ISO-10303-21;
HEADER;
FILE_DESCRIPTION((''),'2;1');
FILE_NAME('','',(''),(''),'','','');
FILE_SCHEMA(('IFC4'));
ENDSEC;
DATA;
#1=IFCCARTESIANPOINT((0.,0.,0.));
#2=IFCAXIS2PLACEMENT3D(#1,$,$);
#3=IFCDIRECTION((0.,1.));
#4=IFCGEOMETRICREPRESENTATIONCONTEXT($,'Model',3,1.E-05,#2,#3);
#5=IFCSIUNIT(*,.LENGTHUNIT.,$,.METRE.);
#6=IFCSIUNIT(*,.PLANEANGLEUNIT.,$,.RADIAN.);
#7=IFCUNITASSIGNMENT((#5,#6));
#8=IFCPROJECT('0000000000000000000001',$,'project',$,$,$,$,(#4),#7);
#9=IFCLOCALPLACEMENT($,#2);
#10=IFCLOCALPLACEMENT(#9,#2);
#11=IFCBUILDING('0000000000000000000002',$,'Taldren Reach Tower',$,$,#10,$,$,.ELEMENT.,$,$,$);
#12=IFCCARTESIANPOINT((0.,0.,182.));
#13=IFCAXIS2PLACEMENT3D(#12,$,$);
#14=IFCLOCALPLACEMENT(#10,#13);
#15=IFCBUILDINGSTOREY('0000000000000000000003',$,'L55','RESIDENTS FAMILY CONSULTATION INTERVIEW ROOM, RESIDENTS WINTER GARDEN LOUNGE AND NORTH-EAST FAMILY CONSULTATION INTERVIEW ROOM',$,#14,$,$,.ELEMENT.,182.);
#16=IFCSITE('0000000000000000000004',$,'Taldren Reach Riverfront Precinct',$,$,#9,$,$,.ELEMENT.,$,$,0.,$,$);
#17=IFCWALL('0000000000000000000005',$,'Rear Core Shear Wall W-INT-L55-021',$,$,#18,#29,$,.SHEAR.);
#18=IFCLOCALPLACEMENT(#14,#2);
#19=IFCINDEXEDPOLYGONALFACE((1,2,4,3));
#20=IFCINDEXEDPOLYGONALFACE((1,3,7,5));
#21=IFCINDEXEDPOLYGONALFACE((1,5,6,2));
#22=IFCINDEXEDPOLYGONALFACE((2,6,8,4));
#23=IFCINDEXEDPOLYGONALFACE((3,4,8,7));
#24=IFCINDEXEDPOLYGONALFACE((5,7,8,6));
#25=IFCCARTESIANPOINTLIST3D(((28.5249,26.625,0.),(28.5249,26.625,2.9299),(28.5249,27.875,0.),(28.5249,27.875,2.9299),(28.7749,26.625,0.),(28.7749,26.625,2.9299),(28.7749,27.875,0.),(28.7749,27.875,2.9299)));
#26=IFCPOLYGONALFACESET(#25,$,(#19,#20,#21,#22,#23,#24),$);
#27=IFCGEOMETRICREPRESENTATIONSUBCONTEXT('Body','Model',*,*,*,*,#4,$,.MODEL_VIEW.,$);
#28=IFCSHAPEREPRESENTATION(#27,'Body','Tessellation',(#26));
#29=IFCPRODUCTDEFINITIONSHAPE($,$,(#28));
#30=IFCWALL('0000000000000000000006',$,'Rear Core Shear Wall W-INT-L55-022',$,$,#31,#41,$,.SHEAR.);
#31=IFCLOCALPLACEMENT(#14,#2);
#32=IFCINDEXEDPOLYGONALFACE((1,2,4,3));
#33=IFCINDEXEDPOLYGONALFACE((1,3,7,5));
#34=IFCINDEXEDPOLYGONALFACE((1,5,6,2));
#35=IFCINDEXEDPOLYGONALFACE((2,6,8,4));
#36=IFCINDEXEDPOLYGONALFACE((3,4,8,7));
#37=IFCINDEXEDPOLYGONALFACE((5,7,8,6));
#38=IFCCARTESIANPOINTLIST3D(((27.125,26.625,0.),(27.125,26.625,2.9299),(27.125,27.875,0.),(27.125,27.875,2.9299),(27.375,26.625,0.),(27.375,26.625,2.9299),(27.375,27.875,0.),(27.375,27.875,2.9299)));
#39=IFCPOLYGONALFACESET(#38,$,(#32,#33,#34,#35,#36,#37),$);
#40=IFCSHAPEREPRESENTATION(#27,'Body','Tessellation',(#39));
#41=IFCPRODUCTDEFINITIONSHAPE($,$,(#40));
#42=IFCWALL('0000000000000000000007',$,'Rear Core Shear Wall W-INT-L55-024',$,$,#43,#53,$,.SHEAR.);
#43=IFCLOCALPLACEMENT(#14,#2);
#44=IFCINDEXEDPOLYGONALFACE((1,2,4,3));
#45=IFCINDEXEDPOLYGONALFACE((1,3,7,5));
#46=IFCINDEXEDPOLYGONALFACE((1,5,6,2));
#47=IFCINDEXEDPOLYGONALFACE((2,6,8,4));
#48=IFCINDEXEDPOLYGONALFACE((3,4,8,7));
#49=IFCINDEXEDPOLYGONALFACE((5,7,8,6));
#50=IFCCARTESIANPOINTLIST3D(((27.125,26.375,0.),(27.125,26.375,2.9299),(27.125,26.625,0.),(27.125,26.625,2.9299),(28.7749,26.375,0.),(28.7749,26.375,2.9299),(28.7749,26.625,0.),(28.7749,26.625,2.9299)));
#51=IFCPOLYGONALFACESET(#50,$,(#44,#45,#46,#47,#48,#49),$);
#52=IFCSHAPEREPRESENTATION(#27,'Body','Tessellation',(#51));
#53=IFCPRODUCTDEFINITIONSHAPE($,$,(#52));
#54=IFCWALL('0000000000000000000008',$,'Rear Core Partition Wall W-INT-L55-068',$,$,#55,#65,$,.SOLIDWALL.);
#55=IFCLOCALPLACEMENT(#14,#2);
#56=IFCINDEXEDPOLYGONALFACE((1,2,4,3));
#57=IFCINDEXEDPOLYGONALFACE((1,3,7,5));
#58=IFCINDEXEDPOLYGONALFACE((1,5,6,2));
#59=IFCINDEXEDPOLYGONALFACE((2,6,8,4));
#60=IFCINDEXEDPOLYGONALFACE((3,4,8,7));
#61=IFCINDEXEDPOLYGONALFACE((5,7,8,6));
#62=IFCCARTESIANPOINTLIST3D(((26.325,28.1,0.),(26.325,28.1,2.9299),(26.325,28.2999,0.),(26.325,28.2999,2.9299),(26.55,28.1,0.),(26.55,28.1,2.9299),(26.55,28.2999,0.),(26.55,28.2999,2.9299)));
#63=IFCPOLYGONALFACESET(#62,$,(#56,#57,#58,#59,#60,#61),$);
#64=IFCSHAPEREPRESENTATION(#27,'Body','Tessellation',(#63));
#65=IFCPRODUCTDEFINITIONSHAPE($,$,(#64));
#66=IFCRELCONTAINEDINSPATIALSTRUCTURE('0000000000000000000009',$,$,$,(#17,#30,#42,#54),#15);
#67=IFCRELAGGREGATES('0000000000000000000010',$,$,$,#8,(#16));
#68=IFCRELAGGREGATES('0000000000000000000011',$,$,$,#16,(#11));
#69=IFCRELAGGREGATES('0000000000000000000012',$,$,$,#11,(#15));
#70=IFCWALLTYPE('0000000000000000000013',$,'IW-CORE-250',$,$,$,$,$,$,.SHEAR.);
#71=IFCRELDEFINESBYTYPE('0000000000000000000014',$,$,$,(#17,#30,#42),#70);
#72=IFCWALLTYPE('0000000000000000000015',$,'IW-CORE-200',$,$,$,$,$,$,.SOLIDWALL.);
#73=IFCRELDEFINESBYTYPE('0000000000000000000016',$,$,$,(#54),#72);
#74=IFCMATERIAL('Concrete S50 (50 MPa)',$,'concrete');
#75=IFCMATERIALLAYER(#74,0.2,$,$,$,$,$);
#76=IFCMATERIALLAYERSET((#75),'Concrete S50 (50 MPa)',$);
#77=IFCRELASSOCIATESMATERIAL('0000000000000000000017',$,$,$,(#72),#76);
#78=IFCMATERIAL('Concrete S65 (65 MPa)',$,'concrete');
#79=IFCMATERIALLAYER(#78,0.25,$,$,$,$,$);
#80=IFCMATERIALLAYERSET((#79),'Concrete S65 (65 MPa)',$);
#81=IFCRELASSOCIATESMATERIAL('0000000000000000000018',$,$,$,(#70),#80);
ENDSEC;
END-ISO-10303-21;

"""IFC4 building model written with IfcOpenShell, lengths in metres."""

from ifc_helpers import new_model, si_unit, direction, frame, frame_2d, origin, place, context, subcontext, project, spatial, rectangle, extrude, source, transform, mapped, material, layer, layer_set, type_object, element, save


model = new_model("IFC4")

# Units and contexts
model_context = context("Model", 3, precision=1e-05, world=origin(), true_north=direction((0.0, 1.0)))
body_context = subcontext(model_context, "Body", "Model", "MODEL_VIEW")
ifc_project = project(units=[si_unit("LENGTHUNIT", "METRE"), si_unit("PLANEANGLEUNIT", "RADIAN")], contexts=[model_context])

# Site, building, storey
site_placement = place(None, origin())
site = spatial("IfcSite", under=ifc_project, at=site_placement, Name="Taldren Reach Riverfront Precinct", CompositionType="ELEMENT", RefElevation=0.0)
building_placement = place(site_placement, origin())
building = spatial("IfcBuilding", under=site, at=building_placement, Name="Taldren Reach Tower", CompositionType="ELEMENT")
storey_placement = place(building_placement, frame((0.0, 0.0, 182.0)))
storey = spatial("IfcBuildingStorey", under=building, at=storey_placement, Name="L55", Description="RESIDENTS FAMILY CONSULTATION INTERVIEW ROOM, RESIDENTS WINTER GARDEN LOUNGE AND NORTH-EAST FAMILY CONSULTATION INTERVIEW ROOM", CompositionType="ELEMENT", Elevation=182.0)

# Shared definitions
ifc_material_1 = material(Name="Concrete S50 (50 MPa)", Category="concrete")
ifc_layer_1 = layer(ifc_material_1, 0.2)
ifc_layer_set_1 = layer_set([ifc_layer_1], Name="Concrete S50 (50 MPa)")
wall_type_1 = type_object("IfcWallType", Name="IW-CORE-200", PredefinedType="SOLIDWALL", material=ifc_layer_set_1)
ifc_material_2 = material(Name="Concrete S65 (65 MPa)", Category="concrete")
ifc_layer_2 = layer(ifc_material_2, 0.25)
ifc_layer_set_2 = layer_set([ifc_layer_2], Name="Concrete S65 (65 MPa)")
wall_type_2 = type_object("IfcWallType", Name="IW-CORE-250", PredefinedType="SHEAR", material=ifc_layer_set_2)

# Walls
shared_shape_1 = source(origin(), body_context, "Body", "SweptSolid", [
    extrude(rectangle(XDim=1.25, YDim=0.25, at=frame_2d((0.625, 0.0))), origin(), (0.0, 0.0, 1.0), 2.9299),
])
for number, where, z_axis, x_axis, name in (
    (1, (28.6499, 26.625, 0.0), (0.0, 0.0, 1.0), (0.0, 1.0, 0.0), "Rear Core Shear Wall W-INT-L55-021"),
    (2, (27.25, 27.875, 0.0), (0.0, 0.0, 1.0), (0.0, -1.0, 0.0), "Rear Core Shear Wall W-INT-L55-022"),
):
    element("IfcWall", number, at=place(storey_placement, frame(where, z_axis=z_axis, x_axis=x_axis)), inside=storey, type_object=wall_type_2, Name=name, PredefinedType="SHEAR", context=body_context, shape_type="MappedRepresentation", body=[
        mapped(shared_shape_1, transform((0.0, 0.0, 0.0), scale=1.0)),
    ])
shared_shape_2 = source(origin(), body_context, "Body", "SweptSolid", [
    extrude(rectangle(XDim=1.6499, YDim=0.25, at=frame_2d((0.825, 0.0))), origin(), (0.0, 0.0, 1.0), 2.9299),
])
wall_1_placement = place(storey_placement, frame((27.125, 26.5, 0.0), z_axis=(0.0, 0.0, 1.0), x_axis=(1.0, 0.0, 0.0)))
element("IfcWall", 3, at=wall_1_placement, inside=storey, type_object=wall_type_2, Name="Rear Core Shear Wall W-INT-L55-024", PredefinedType="SHEAR", context=body_context, shape_type="MappedRepresentation", body=[
    mapped(shared_shape_2, transform((0.0, 0.0, 0.0), scale=1.0)),
])
shared_shape_3 = source(origin(), body_context, "Body", "SweptSolid", [
    extrude(rectangle(XDim=0.2251, YDim=0.2, at=frame_2d((0.1125, 0.0))), origin(), (0.0, 0.0, 1.0), 2.9299),
])
wall_2_placement = place(storey_placement, frame((26.325, 28.2, 0.0), z_axis=(0.0, 0.0, 1.0), x_axis=(1.0, 0.0, 0.0)))
element("IfcWall", 4, at=wall_2_placement, inside=storey, type_object=wall_type_1, Name="Rear Core Partition Wall W-INT-L55-068", PredefinedType="SOLIDWALL", context=body_context, shape_type="MappedRepresentation", body=[
    mapped(shared_shape_3, transform((0.0, 0.0, 0.0), scale=1.0)),
])

save(model, "model.ifc")
